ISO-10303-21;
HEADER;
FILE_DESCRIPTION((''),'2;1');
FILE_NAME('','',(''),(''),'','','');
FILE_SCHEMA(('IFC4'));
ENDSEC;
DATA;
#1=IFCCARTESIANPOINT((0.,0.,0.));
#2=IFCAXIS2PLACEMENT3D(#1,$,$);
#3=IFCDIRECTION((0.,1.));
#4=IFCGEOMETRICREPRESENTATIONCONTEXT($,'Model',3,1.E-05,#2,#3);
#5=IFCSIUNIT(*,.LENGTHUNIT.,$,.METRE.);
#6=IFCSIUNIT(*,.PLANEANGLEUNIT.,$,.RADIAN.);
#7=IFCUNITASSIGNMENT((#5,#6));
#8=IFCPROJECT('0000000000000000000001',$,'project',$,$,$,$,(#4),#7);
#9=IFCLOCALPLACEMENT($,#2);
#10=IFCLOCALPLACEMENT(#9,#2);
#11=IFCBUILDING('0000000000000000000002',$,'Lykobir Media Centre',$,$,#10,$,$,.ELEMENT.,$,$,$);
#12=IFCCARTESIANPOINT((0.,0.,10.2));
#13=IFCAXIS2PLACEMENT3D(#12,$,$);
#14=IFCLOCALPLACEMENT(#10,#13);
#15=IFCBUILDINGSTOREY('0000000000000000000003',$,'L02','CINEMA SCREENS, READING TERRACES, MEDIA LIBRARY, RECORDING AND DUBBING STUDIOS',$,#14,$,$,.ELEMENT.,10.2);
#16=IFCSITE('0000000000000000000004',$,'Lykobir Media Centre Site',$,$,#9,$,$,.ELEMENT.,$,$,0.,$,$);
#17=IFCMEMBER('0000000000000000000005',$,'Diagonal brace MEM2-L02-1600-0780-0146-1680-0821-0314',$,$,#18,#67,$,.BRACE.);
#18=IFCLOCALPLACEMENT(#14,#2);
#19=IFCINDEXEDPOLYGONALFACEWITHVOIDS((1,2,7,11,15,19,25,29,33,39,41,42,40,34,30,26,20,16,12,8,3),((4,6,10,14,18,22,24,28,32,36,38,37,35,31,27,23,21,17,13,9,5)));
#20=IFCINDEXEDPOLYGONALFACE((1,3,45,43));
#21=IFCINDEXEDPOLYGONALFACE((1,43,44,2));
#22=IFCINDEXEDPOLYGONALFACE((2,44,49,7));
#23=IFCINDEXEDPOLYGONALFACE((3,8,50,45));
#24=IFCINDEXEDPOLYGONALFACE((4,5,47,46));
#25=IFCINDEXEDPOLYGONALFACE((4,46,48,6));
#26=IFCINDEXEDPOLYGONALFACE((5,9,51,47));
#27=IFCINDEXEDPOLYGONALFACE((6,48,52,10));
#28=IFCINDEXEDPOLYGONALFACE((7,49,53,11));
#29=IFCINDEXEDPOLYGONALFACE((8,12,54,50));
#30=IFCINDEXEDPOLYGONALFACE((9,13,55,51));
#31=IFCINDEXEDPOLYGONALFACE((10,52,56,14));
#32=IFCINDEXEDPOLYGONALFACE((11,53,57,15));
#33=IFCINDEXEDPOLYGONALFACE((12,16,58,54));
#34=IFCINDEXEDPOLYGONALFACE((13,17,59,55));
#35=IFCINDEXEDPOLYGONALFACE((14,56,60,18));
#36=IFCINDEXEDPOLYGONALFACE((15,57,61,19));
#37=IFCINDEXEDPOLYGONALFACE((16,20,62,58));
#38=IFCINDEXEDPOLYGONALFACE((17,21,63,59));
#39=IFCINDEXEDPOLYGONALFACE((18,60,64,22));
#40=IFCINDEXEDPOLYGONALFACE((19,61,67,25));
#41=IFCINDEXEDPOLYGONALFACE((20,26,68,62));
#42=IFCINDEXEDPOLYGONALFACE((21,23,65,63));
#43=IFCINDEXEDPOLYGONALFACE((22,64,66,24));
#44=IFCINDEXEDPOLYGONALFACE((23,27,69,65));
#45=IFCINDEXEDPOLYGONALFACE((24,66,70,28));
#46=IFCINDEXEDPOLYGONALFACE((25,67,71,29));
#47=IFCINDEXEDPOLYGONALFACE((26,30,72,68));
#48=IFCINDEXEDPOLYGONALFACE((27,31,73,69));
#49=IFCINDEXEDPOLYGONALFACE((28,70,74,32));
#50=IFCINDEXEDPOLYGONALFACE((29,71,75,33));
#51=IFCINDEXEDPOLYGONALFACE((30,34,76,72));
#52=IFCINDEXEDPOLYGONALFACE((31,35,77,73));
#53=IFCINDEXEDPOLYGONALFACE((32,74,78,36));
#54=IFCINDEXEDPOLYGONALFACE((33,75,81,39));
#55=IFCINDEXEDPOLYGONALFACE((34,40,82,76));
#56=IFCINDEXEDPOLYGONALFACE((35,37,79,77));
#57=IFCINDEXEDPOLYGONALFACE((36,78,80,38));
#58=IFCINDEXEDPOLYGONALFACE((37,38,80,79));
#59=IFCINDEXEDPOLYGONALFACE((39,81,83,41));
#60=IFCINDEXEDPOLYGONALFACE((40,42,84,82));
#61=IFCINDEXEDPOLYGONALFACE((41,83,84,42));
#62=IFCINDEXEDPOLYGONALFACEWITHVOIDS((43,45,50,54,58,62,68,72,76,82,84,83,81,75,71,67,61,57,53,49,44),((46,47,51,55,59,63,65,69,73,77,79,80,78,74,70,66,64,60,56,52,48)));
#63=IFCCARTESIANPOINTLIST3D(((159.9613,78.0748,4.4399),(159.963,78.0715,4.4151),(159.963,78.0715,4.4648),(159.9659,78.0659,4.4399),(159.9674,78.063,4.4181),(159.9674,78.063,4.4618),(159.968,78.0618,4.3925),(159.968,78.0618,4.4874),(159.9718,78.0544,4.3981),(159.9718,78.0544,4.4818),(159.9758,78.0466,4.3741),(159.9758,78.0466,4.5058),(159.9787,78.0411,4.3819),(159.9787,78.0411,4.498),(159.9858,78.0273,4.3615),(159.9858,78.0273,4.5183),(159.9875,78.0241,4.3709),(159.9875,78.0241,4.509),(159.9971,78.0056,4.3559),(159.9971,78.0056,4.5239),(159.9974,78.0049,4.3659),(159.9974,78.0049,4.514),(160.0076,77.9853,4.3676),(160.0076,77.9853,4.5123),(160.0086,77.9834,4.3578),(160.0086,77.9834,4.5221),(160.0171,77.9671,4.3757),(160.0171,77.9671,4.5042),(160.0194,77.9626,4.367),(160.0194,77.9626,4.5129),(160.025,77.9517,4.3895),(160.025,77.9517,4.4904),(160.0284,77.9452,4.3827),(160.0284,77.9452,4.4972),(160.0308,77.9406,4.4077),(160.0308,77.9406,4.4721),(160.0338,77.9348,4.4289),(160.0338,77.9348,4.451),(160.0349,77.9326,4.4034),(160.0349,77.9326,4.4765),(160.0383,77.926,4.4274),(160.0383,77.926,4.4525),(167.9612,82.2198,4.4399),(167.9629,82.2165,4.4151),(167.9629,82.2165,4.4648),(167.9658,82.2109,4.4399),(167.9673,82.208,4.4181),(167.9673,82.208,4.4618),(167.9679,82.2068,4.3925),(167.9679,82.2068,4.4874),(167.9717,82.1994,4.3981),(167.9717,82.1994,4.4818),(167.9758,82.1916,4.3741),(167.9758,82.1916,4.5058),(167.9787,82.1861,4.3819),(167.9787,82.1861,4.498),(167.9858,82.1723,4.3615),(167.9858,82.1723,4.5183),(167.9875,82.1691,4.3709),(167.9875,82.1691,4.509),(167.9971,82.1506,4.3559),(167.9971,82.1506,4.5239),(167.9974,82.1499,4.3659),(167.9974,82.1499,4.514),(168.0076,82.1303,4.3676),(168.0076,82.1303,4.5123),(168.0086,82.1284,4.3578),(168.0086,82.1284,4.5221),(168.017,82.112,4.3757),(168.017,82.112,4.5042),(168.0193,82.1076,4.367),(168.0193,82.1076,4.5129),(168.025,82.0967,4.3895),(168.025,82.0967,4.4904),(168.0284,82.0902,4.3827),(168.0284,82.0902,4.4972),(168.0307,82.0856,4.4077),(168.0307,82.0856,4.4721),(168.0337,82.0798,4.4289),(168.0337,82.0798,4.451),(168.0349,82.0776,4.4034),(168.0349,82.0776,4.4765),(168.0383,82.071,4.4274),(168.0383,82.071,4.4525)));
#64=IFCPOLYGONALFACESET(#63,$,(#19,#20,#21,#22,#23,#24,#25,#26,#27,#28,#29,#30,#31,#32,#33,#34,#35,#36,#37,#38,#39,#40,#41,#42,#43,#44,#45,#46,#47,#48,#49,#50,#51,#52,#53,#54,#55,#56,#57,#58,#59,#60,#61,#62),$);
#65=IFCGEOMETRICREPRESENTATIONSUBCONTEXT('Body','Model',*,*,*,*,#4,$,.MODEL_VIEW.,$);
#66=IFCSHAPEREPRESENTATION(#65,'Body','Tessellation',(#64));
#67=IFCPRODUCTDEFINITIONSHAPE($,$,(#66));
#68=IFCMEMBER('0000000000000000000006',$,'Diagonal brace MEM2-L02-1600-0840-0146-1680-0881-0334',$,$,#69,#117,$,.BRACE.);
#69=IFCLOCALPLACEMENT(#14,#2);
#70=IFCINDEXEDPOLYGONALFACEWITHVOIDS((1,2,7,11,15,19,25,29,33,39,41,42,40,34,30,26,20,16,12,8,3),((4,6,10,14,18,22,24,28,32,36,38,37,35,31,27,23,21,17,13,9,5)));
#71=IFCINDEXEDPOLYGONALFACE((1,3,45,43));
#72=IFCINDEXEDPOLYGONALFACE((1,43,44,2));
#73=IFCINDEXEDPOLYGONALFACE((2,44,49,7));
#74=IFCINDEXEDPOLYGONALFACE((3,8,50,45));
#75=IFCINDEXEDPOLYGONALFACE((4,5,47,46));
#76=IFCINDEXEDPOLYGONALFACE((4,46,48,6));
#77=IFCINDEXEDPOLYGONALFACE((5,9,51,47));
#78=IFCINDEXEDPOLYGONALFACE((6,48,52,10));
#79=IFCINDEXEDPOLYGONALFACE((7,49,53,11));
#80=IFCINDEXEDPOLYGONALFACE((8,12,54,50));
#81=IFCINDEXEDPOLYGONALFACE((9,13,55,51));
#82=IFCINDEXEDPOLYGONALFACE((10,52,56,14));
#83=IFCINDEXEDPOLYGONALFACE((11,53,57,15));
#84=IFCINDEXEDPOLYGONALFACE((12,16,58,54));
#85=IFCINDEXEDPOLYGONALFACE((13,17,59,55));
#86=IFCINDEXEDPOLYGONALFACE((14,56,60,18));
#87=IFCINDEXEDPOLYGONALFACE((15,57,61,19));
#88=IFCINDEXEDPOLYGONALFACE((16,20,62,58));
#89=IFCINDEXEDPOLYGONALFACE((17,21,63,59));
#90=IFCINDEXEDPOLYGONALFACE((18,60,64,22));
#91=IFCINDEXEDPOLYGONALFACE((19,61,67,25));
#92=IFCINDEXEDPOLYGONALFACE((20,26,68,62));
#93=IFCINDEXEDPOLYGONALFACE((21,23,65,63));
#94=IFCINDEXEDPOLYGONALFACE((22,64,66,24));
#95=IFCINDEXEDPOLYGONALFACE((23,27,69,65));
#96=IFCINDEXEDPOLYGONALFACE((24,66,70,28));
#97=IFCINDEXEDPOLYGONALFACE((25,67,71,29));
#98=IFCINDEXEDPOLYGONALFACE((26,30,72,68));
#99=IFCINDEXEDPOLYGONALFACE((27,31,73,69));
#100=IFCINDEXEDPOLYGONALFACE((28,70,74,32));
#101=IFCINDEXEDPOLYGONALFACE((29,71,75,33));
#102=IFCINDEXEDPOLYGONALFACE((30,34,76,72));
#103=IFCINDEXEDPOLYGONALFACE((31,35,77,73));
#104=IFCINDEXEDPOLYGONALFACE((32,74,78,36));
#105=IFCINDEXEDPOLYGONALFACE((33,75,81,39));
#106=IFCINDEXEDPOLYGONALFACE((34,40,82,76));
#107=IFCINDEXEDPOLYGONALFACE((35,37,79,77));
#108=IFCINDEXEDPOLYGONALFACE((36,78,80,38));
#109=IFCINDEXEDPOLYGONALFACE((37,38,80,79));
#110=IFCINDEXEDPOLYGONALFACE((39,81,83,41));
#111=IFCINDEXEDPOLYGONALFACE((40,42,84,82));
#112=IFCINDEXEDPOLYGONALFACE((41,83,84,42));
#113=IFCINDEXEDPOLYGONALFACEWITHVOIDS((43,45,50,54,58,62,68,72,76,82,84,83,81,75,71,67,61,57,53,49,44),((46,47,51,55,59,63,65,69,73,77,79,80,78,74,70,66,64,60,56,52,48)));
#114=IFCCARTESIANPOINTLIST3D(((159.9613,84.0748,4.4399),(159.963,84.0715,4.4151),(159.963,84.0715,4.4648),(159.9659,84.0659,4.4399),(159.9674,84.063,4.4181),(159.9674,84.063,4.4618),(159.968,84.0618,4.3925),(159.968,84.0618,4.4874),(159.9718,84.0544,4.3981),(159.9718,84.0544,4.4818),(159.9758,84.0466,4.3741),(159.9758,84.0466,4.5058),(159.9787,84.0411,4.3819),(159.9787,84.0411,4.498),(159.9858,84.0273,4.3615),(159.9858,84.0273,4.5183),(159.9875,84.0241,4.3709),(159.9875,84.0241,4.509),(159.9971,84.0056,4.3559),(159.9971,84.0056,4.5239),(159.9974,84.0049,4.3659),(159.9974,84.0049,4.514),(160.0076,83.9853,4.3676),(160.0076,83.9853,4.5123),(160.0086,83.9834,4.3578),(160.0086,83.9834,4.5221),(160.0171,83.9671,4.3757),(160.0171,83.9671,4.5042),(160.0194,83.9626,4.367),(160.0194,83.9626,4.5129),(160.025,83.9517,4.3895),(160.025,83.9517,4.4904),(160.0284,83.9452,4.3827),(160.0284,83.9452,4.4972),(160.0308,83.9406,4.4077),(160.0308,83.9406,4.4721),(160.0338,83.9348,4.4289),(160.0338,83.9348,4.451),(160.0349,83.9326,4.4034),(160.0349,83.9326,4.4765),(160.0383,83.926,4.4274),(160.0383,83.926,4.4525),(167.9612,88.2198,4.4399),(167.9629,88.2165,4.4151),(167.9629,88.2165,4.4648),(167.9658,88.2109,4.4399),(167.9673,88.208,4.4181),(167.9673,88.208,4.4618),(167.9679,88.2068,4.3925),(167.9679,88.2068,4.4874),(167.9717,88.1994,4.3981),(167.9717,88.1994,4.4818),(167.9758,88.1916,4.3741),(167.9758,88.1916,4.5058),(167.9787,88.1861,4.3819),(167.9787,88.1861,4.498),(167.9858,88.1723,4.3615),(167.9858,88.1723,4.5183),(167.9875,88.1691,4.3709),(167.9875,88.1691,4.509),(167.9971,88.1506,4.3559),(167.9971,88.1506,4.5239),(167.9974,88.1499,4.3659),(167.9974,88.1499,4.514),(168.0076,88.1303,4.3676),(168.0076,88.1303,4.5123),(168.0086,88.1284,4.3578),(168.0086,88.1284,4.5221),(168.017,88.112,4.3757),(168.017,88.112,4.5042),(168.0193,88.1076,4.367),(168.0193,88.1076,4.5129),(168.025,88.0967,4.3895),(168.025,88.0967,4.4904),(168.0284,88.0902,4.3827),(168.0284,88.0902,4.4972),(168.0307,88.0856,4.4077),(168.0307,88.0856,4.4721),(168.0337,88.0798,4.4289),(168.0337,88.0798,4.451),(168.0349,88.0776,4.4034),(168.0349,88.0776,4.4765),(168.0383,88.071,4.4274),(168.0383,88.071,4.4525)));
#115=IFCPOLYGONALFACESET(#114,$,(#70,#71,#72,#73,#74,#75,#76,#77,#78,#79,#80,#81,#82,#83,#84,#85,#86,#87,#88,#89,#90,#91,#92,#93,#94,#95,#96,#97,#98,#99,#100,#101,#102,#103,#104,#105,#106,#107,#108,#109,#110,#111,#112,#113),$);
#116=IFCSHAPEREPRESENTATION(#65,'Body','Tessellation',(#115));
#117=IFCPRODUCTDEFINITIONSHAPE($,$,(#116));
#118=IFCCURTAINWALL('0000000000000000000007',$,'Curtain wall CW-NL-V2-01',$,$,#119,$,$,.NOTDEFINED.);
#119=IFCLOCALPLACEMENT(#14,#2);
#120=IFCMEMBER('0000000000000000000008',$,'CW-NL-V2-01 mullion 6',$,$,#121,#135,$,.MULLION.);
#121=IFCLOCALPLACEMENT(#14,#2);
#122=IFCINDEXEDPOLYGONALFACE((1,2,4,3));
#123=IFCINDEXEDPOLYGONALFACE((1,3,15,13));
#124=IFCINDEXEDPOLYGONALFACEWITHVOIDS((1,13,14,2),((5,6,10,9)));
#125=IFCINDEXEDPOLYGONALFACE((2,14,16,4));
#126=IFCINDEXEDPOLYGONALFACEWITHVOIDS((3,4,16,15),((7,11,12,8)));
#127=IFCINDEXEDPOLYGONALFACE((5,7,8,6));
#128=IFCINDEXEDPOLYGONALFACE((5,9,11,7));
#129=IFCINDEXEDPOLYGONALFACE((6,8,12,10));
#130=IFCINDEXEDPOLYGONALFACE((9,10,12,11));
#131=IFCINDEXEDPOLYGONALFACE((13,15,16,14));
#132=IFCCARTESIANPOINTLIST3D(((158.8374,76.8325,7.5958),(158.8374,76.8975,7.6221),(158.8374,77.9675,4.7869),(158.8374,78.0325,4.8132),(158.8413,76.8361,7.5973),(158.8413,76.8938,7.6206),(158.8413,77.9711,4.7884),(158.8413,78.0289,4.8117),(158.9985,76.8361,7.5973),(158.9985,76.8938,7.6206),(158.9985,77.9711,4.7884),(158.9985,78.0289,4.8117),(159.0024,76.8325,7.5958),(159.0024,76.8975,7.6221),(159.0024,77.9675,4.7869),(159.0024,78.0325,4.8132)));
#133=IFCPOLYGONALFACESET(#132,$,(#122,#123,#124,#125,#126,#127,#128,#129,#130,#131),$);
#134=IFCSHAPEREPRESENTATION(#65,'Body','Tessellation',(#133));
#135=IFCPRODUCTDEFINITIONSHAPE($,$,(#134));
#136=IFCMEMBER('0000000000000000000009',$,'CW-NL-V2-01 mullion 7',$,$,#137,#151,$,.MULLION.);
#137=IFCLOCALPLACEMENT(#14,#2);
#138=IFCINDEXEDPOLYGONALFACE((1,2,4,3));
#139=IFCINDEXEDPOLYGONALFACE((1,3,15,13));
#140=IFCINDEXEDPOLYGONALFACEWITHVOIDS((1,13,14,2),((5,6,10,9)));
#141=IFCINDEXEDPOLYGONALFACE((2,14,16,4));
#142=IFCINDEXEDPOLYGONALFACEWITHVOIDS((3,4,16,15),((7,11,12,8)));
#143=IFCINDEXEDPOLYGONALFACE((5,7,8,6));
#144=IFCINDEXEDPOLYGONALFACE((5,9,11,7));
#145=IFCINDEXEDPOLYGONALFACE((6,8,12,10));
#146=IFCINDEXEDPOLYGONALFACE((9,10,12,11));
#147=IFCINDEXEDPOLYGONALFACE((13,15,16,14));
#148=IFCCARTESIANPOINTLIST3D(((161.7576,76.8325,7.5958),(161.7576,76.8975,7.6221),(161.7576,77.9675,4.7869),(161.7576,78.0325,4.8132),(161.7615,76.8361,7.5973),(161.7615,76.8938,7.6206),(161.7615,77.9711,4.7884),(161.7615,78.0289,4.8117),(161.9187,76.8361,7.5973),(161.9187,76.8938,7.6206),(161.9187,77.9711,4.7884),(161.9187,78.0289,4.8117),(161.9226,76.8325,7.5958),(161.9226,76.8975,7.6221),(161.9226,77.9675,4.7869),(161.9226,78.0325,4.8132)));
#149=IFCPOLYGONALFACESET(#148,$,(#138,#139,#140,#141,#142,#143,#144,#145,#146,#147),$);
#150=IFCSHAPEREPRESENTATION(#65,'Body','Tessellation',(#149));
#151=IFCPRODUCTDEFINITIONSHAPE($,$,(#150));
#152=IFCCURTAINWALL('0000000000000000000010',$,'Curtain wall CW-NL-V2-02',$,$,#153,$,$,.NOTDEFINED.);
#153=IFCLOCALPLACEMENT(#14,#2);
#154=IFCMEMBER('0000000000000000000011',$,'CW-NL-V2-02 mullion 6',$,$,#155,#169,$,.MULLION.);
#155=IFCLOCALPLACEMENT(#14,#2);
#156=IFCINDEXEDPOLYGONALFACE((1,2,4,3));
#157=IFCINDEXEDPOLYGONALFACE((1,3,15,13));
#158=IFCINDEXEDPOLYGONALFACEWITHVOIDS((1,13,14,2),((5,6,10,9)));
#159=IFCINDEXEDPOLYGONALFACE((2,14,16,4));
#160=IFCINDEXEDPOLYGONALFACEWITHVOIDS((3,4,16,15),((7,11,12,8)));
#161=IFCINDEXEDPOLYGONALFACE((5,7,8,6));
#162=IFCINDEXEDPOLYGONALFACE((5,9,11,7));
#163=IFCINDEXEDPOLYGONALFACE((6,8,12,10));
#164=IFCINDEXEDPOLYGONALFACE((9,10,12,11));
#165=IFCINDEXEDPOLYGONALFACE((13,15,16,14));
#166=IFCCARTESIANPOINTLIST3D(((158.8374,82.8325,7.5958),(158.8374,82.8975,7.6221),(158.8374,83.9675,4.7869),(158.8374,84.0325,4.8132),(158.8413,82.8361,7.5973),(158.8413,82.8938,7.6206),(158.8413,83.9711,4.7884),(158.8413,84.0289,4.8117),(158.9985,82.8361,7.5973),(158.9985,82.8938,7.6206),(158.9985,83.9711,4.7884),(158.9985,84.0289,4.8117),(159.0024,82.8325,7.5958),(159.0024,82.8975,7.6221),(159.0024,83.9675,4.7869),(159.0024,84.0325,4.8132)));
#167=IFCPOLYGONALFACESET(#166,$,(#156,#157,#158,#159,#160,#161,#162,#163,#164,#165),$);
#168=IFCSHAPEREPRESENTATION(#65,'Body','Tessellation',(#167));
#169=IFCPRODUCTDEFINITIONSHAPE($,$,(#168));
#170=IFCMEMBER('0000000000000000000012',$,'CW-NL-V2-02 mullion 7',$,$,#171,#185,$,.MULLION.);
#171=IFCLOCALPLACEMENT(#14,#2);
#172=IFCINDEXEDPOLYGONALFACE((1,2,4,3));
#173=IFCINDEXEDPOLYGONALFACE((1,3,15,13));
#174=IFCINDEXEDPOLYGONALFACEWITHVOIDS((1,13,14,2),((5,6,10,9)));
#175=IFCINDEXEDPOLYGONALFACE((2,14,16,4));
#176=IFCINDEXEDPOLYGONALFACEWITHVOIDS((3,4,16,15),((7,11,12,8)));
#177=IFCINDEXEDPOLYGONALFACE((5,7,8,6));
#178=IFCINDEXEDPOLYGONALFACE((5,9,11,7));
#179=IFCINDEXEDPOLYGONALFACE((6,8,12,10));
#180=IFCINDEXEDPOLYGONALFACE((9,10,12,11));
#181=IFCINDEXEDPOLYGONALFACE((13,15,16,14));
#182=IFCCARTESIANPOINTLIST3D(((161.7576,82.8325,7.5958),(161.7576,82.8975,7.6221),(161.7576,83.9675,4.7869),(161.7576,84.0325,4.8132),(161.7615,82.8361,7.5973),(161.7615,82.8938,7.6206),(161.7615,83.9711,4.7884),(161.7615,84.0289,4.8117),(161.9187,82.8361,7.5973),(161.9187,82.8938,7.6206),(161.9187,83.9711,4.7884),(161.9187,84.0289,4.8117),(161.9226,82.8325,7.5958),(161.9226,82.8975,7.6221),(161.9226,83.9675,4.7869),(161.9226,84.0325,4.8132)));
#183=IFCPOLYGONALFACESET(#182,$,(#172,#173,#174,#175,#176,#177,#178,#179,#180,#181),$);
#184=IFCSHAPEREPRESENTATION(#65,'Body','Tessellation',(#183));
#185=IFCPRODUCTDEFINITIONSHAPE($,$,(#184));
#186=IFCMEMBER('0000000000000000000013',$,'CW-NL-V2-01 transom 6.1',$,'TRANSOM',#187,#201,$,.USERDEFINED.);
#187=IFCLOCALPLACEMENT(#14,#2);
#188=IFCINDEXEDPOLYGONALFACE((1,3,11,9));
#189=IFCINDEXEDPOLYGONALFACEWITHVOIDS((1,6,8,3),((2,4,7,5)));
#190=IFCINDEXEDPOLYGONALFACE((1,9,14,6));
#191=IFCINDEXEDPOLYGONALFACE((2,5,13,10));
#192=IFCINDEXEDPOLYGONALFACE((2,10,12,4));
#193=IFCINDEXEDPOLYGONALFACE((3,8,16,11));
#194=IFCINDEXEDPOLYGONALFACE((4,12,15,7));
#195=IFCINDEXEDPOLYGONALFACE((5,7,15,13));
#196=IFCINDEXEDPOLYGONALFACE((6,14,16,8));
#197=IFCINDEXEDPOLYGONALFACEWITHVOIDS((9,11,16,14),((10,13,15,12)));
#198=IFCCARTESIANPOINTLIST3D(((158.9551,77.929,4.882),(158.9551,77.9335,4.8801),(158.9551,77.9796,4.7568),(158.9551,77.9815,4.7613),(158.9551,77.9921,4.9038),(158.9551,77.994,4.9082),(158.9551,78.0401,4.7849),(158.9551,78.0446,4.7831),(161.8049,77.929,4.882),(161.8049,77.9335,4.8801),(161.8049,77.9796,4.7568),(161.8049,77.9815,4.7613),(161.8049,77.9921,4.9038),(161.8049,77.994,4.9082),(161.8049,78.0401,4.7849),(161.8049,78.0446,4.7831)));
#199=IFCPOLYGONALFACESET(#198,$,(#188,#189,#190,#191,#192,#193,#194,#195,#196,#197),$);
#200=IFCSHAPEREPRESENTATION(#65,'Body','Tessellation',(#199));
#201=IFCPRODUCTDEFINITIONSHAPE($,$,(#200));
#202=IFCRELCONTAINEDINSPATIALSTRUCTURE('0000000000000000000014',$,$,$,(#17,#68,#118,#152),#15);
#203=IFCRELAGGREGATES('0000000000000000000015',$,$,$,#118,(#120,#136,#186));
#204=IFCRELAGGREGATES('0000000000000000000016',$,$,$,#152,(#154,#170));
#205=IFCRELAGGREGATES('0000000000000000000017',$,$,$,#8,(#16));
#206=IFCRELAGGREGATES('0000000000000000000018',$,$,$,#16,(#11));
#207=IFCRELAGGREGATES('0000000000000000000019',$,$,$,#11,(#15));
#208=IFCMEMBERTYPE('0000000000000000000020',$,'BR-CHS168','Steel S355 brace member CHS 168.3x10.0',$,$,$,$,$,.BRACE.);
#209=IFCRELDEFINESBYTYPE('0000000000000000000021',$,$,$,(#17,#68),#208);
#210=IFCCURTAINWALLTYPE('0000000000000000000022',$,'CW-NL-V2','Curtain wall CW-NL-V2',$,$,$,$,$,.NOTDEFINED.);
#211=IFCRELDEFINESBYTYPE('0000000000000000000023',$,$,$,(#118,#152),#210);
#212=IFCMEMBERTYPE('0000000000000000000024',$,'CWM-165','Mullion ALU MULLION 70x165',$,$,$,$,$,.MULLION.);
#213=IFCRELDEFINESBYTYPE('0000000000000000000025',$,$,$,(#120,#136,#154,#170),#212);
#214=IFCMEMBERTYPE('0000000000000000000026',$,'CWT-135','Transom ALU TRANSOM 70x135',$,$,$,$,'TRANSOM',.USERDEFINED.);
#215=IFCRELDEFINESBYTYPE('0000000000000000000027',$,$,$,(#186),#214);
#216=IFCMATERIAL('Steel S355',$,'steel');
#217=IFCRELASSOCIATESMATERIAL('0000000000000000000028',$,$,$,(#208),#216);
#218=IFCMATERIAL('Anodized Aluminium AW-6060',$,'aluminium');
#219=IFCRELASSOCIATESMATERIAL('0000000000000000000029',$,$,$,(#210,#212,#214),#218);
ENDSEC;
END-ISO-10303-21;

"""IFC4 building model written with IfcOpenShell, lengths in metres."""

from ifc_helpers import new_model, si_unit, direction, frame, origin, origin_2d, place, context, subcontext, project, spatial, hollow_rectangle, hollow_circle, extrude, material, material_profile, profile_set, type_object, element, aggregate, save


model = new_model("IFC4")

# Units and contexts
model_context = context("Model", 3, precision=1e-05, world=origin(), true_north=direction((0.0, 1.0)))
body_context = subcontext(model_context, "Body", "Model", "MODEL_VIEW")
ifc_project = project(units=[si_unit("LENGTHUNIT", "METRE"), si_unit("PLANEANGLEUNIT", "RADIAN")], contexts=[model_context])

# Site, building, storey
site_placement = place(None, origin())
site = spatial("IfcSite", under=ifc_project, at=site_placement, Name="Lykobir Media Centre Site", CompositionType="ELEMENT", RefElevation=0.0)
building_placement = place(site_placement, origin())
building = spatial("IfcBuilding", under=site, at=building_placement, Name="Lykobir Media Centre", CompositionType="ELEMENT")
storey_placement = place(building_placement, frame((0.0, 0.0, 10.2)))
storey = spatial("IfcBuildingStorey", under=building, at=storey_placement, Name="L02", Description="CINEMA SCREENS, READING TERRACES, MEDIA LIBRARY, RECORDING AND DUBBING STUDIOS", CompositionType="ELEMENT", Elevation=10.2)

# Members
ifc_material_1 = material(Name="Steel S355", Category="steel")
ifc_material_profile_1 = material_profile(ifc_material_1, hollow_circle(Radius=0.0842, WallThickness=0.01, at=origin_2d()), Name="CHS 168.3x10.0")
ifc_profile_set_1 = profile_set([ifc_material_profile_1], Name="Steel S355")
member_type_1 = type_object("IfcMemberType", Name="BR-CHS168", Description="Steel S355 brace member CHS 168.3x10.0", PredefinedType="BRACE", material=ifc_profile_set_1)
for number, where, z_axis, x_axis, name in (
    (1, (160.0, 78.0, 4.4399), (0.887896, 0.460043, 0.0), (-0.460043, 0.887896, 0.0), "Diagonal brace MEM2-L02-1600-0780-0146-1680-0821-0314"),
    (2, (160.0, 84.0, 4.4399), (0.887896, 0.460043, 0.0), (-0.460043, 0.887896, 0.0), "Diagonal brace MEM2-L02-1600-0840-0146-1680-0881-0334"),
):
    element("IfcMember", number, at=place(storey_placement, frame(where, z_axis=z_axis, x_axis=x_axis)), inside=storey, type_object=member_type_1, Name=name, PredefinedType="BRACE", context=body_context, shape_type="SweptSolid", body=[
        extrude(hollow_circle(Radius=0.0842, WallThickness=0.01, at=origin_2d()), origin(), (0.0, 0.0, 1.0), 9.01),
    ])

# Curtain walls, members
ifc_material_2 = material(Name="Anodized Aluminium AW-6060", Category="aluminium")
curtain_wall_type = type_object("IfcCurtainWallType", Name="CW-NL-V2", Description="Curtain wall CW-NL-V2", PredefinedType="NOTDEFINED", material=ifc_material_2)
curtain_wall_1_placement = place(storey_placement, origin())
curtain_wall_1 = element("IfcCurtainWall", 3, at=curtain_wall_1_placement, inside=storey, type_object=curtain_wall_type, Name="Curtain wall CW-NL-V2-01", PredefinedType="NOTDEFINED")
ifc_material_profile_2 = material_profile(ifc_material_2, hollow_rectangle(XDim=0.0701, YDim=0.165, WallThickness=0.0039, at=origin_2d()), Name="ALU MULLION 70x165")
ifc_profile_set_2 = profile_set([ifc_material_profile_2], Name="Anodized Aluminium AW-6060")
member_type_2 = type_object("IfcMemberType", Name="CWM-165", Description="Mullion ALU MULLION 70x165", PredefinedType="MULLION", material=ifc_profile_set_2)
member_1_placement = place(storey_placement, frame((158.9199, 78.0, 4.8), z_axis=(0.0, -0.374654, 0.927165), x_axis=(0.0, 0.927165, 0.374654)))
member_1 = element("IfcMember", 4, at=member_1_placement, type_object=member_type_2, Name="CW-NL-V2-01 mullion 6", PredefinedType="MULLION", context=body_context, shape_type="SweptSolid", body=[
    extrude(hollow_rectangle(XDim=0.0701, YDim=0.165, WallThickness=0.0039, at=origin_2d()), origin(), (0.0, 0.0, 1.0), 3.0295),
])
member_2_placement = place(storey_placement, frame((161.8401, 78.0, 4.8), z_axis=(0.0, -0.374654, 0.927165), x_axis=(0.0, 0.927165, 0.374654)))
member_2 = element("IfcMember", 5, at=member_2_placement, type_object=member_type_2, Name="CW-NL-V2-01 mullion 7", PredefinedType="MULLION", context=body_context, shape_type="SweptSolid", body=[
    extrude(hollow_rectangle(XDim=0.0701, YDim=0.165, WallThickness=0.0039, at=origin_2d()), origin(), (0.0, 0.0, 1.0), 3.0295),
])
curtain_wall_2_placement = place(storey_placement, origin())
curtain_wall_2 = element("IfcCurtainWall", 6, at=curtain_wall_2_placement, inside=storey, type_object=curtain_wall_type, Name="Curtain wall CW-NL-V2-02", PredefinedType="NOTDEFINED")
member_3_placement = place(storey_placement, frame((158.9199, 84.0, 4.8), z_axis=(0.0, -0.374654, 0.927165), x_axis=(0.0, 0.927165, 0.374654)))
member_3 = element("IfcMember", 7, at=member_3_placement, type_object=member_type_2, Name="CW-NL-V2-02 mullion 6", PredefinedType="MULLION", context=body_context, shape_type="SweptSolid", body=[
    extrude(hollow_rectangle(XDim=0.0701, YDim=0.165, WallThickness=0.0039, at=origin_2d()), origin(), (0.0, 0.0, 1.0), 3.0295),
])
member_4_placement = place(storey_placement, frame((161.8401, 84.0, 4.8), z_axis=(0.0, -0.374654, 0.927165), x_axis=(0.0, 0.927165, 0.374654)))
member_4 = element("IfcMember", 8, at=member_4_placement, type_object=member_type_2, Name="CW-NL-V2-02 mullion 7", PredefinedType="MULLION", context=body_context, shape_type="SweptSolid", body=[
    extrude(hollow_rectangle(XDim=0.0701, YDim=0.165, WallThickness=0.0039, at=origin_2d()), origin(), (0.0, 0.0, 1.0), 3.0295),
])

# Member
ifc_material_profile_3 = material_profile(ifc_material_2, hollow_rectangle(XDim=0.0701, YDim=0.135, WallThickness=0.0034, at=origin_2d()), Name="ALU TRANSOM 70x135")
ifc_profile_set_3 = profile_set([ifc_material_profile_3], Name="Anodized Aluminium AW-6060")
member_type_3 = type_object("IfcMemberType", Name="CWT-135", Description="Transom ALU TRANSOM 70x135", ElementType="TRANSOM", PredefinedType="USERDEFINED", material=ifc_profile_set_3)
member_5_placement = place(storey_placement, frame((158.9551, 77.9868, 4.8325), z_axis=(1.0, 0.0, 0.0), x_axis=(0.0, 0.927184, 0.374607)))
member_5 = element("IfcMember", 9, at=member_5_placement, type_object=member_type_3, Name="CW-NL-V2-01 transom 6.1", ObjectType="TRANSOM", PredefinedType="USERDEFINED", context=body_context, shape_type="SweptSolid", body=[
    extrude(hollow_rectangle(XDim=0.0701, YDim=0.135, WallThickness=0.0034, at=origin_2d()), origin(), (0.0, 0.0, 1.0), 2.8499),
])
aggregate(curtain_wall_1, [member_1, member_2, member_5])

aggregate(curtain_wall_2, [member_3, member_4])

save(model, "model.ifc")
